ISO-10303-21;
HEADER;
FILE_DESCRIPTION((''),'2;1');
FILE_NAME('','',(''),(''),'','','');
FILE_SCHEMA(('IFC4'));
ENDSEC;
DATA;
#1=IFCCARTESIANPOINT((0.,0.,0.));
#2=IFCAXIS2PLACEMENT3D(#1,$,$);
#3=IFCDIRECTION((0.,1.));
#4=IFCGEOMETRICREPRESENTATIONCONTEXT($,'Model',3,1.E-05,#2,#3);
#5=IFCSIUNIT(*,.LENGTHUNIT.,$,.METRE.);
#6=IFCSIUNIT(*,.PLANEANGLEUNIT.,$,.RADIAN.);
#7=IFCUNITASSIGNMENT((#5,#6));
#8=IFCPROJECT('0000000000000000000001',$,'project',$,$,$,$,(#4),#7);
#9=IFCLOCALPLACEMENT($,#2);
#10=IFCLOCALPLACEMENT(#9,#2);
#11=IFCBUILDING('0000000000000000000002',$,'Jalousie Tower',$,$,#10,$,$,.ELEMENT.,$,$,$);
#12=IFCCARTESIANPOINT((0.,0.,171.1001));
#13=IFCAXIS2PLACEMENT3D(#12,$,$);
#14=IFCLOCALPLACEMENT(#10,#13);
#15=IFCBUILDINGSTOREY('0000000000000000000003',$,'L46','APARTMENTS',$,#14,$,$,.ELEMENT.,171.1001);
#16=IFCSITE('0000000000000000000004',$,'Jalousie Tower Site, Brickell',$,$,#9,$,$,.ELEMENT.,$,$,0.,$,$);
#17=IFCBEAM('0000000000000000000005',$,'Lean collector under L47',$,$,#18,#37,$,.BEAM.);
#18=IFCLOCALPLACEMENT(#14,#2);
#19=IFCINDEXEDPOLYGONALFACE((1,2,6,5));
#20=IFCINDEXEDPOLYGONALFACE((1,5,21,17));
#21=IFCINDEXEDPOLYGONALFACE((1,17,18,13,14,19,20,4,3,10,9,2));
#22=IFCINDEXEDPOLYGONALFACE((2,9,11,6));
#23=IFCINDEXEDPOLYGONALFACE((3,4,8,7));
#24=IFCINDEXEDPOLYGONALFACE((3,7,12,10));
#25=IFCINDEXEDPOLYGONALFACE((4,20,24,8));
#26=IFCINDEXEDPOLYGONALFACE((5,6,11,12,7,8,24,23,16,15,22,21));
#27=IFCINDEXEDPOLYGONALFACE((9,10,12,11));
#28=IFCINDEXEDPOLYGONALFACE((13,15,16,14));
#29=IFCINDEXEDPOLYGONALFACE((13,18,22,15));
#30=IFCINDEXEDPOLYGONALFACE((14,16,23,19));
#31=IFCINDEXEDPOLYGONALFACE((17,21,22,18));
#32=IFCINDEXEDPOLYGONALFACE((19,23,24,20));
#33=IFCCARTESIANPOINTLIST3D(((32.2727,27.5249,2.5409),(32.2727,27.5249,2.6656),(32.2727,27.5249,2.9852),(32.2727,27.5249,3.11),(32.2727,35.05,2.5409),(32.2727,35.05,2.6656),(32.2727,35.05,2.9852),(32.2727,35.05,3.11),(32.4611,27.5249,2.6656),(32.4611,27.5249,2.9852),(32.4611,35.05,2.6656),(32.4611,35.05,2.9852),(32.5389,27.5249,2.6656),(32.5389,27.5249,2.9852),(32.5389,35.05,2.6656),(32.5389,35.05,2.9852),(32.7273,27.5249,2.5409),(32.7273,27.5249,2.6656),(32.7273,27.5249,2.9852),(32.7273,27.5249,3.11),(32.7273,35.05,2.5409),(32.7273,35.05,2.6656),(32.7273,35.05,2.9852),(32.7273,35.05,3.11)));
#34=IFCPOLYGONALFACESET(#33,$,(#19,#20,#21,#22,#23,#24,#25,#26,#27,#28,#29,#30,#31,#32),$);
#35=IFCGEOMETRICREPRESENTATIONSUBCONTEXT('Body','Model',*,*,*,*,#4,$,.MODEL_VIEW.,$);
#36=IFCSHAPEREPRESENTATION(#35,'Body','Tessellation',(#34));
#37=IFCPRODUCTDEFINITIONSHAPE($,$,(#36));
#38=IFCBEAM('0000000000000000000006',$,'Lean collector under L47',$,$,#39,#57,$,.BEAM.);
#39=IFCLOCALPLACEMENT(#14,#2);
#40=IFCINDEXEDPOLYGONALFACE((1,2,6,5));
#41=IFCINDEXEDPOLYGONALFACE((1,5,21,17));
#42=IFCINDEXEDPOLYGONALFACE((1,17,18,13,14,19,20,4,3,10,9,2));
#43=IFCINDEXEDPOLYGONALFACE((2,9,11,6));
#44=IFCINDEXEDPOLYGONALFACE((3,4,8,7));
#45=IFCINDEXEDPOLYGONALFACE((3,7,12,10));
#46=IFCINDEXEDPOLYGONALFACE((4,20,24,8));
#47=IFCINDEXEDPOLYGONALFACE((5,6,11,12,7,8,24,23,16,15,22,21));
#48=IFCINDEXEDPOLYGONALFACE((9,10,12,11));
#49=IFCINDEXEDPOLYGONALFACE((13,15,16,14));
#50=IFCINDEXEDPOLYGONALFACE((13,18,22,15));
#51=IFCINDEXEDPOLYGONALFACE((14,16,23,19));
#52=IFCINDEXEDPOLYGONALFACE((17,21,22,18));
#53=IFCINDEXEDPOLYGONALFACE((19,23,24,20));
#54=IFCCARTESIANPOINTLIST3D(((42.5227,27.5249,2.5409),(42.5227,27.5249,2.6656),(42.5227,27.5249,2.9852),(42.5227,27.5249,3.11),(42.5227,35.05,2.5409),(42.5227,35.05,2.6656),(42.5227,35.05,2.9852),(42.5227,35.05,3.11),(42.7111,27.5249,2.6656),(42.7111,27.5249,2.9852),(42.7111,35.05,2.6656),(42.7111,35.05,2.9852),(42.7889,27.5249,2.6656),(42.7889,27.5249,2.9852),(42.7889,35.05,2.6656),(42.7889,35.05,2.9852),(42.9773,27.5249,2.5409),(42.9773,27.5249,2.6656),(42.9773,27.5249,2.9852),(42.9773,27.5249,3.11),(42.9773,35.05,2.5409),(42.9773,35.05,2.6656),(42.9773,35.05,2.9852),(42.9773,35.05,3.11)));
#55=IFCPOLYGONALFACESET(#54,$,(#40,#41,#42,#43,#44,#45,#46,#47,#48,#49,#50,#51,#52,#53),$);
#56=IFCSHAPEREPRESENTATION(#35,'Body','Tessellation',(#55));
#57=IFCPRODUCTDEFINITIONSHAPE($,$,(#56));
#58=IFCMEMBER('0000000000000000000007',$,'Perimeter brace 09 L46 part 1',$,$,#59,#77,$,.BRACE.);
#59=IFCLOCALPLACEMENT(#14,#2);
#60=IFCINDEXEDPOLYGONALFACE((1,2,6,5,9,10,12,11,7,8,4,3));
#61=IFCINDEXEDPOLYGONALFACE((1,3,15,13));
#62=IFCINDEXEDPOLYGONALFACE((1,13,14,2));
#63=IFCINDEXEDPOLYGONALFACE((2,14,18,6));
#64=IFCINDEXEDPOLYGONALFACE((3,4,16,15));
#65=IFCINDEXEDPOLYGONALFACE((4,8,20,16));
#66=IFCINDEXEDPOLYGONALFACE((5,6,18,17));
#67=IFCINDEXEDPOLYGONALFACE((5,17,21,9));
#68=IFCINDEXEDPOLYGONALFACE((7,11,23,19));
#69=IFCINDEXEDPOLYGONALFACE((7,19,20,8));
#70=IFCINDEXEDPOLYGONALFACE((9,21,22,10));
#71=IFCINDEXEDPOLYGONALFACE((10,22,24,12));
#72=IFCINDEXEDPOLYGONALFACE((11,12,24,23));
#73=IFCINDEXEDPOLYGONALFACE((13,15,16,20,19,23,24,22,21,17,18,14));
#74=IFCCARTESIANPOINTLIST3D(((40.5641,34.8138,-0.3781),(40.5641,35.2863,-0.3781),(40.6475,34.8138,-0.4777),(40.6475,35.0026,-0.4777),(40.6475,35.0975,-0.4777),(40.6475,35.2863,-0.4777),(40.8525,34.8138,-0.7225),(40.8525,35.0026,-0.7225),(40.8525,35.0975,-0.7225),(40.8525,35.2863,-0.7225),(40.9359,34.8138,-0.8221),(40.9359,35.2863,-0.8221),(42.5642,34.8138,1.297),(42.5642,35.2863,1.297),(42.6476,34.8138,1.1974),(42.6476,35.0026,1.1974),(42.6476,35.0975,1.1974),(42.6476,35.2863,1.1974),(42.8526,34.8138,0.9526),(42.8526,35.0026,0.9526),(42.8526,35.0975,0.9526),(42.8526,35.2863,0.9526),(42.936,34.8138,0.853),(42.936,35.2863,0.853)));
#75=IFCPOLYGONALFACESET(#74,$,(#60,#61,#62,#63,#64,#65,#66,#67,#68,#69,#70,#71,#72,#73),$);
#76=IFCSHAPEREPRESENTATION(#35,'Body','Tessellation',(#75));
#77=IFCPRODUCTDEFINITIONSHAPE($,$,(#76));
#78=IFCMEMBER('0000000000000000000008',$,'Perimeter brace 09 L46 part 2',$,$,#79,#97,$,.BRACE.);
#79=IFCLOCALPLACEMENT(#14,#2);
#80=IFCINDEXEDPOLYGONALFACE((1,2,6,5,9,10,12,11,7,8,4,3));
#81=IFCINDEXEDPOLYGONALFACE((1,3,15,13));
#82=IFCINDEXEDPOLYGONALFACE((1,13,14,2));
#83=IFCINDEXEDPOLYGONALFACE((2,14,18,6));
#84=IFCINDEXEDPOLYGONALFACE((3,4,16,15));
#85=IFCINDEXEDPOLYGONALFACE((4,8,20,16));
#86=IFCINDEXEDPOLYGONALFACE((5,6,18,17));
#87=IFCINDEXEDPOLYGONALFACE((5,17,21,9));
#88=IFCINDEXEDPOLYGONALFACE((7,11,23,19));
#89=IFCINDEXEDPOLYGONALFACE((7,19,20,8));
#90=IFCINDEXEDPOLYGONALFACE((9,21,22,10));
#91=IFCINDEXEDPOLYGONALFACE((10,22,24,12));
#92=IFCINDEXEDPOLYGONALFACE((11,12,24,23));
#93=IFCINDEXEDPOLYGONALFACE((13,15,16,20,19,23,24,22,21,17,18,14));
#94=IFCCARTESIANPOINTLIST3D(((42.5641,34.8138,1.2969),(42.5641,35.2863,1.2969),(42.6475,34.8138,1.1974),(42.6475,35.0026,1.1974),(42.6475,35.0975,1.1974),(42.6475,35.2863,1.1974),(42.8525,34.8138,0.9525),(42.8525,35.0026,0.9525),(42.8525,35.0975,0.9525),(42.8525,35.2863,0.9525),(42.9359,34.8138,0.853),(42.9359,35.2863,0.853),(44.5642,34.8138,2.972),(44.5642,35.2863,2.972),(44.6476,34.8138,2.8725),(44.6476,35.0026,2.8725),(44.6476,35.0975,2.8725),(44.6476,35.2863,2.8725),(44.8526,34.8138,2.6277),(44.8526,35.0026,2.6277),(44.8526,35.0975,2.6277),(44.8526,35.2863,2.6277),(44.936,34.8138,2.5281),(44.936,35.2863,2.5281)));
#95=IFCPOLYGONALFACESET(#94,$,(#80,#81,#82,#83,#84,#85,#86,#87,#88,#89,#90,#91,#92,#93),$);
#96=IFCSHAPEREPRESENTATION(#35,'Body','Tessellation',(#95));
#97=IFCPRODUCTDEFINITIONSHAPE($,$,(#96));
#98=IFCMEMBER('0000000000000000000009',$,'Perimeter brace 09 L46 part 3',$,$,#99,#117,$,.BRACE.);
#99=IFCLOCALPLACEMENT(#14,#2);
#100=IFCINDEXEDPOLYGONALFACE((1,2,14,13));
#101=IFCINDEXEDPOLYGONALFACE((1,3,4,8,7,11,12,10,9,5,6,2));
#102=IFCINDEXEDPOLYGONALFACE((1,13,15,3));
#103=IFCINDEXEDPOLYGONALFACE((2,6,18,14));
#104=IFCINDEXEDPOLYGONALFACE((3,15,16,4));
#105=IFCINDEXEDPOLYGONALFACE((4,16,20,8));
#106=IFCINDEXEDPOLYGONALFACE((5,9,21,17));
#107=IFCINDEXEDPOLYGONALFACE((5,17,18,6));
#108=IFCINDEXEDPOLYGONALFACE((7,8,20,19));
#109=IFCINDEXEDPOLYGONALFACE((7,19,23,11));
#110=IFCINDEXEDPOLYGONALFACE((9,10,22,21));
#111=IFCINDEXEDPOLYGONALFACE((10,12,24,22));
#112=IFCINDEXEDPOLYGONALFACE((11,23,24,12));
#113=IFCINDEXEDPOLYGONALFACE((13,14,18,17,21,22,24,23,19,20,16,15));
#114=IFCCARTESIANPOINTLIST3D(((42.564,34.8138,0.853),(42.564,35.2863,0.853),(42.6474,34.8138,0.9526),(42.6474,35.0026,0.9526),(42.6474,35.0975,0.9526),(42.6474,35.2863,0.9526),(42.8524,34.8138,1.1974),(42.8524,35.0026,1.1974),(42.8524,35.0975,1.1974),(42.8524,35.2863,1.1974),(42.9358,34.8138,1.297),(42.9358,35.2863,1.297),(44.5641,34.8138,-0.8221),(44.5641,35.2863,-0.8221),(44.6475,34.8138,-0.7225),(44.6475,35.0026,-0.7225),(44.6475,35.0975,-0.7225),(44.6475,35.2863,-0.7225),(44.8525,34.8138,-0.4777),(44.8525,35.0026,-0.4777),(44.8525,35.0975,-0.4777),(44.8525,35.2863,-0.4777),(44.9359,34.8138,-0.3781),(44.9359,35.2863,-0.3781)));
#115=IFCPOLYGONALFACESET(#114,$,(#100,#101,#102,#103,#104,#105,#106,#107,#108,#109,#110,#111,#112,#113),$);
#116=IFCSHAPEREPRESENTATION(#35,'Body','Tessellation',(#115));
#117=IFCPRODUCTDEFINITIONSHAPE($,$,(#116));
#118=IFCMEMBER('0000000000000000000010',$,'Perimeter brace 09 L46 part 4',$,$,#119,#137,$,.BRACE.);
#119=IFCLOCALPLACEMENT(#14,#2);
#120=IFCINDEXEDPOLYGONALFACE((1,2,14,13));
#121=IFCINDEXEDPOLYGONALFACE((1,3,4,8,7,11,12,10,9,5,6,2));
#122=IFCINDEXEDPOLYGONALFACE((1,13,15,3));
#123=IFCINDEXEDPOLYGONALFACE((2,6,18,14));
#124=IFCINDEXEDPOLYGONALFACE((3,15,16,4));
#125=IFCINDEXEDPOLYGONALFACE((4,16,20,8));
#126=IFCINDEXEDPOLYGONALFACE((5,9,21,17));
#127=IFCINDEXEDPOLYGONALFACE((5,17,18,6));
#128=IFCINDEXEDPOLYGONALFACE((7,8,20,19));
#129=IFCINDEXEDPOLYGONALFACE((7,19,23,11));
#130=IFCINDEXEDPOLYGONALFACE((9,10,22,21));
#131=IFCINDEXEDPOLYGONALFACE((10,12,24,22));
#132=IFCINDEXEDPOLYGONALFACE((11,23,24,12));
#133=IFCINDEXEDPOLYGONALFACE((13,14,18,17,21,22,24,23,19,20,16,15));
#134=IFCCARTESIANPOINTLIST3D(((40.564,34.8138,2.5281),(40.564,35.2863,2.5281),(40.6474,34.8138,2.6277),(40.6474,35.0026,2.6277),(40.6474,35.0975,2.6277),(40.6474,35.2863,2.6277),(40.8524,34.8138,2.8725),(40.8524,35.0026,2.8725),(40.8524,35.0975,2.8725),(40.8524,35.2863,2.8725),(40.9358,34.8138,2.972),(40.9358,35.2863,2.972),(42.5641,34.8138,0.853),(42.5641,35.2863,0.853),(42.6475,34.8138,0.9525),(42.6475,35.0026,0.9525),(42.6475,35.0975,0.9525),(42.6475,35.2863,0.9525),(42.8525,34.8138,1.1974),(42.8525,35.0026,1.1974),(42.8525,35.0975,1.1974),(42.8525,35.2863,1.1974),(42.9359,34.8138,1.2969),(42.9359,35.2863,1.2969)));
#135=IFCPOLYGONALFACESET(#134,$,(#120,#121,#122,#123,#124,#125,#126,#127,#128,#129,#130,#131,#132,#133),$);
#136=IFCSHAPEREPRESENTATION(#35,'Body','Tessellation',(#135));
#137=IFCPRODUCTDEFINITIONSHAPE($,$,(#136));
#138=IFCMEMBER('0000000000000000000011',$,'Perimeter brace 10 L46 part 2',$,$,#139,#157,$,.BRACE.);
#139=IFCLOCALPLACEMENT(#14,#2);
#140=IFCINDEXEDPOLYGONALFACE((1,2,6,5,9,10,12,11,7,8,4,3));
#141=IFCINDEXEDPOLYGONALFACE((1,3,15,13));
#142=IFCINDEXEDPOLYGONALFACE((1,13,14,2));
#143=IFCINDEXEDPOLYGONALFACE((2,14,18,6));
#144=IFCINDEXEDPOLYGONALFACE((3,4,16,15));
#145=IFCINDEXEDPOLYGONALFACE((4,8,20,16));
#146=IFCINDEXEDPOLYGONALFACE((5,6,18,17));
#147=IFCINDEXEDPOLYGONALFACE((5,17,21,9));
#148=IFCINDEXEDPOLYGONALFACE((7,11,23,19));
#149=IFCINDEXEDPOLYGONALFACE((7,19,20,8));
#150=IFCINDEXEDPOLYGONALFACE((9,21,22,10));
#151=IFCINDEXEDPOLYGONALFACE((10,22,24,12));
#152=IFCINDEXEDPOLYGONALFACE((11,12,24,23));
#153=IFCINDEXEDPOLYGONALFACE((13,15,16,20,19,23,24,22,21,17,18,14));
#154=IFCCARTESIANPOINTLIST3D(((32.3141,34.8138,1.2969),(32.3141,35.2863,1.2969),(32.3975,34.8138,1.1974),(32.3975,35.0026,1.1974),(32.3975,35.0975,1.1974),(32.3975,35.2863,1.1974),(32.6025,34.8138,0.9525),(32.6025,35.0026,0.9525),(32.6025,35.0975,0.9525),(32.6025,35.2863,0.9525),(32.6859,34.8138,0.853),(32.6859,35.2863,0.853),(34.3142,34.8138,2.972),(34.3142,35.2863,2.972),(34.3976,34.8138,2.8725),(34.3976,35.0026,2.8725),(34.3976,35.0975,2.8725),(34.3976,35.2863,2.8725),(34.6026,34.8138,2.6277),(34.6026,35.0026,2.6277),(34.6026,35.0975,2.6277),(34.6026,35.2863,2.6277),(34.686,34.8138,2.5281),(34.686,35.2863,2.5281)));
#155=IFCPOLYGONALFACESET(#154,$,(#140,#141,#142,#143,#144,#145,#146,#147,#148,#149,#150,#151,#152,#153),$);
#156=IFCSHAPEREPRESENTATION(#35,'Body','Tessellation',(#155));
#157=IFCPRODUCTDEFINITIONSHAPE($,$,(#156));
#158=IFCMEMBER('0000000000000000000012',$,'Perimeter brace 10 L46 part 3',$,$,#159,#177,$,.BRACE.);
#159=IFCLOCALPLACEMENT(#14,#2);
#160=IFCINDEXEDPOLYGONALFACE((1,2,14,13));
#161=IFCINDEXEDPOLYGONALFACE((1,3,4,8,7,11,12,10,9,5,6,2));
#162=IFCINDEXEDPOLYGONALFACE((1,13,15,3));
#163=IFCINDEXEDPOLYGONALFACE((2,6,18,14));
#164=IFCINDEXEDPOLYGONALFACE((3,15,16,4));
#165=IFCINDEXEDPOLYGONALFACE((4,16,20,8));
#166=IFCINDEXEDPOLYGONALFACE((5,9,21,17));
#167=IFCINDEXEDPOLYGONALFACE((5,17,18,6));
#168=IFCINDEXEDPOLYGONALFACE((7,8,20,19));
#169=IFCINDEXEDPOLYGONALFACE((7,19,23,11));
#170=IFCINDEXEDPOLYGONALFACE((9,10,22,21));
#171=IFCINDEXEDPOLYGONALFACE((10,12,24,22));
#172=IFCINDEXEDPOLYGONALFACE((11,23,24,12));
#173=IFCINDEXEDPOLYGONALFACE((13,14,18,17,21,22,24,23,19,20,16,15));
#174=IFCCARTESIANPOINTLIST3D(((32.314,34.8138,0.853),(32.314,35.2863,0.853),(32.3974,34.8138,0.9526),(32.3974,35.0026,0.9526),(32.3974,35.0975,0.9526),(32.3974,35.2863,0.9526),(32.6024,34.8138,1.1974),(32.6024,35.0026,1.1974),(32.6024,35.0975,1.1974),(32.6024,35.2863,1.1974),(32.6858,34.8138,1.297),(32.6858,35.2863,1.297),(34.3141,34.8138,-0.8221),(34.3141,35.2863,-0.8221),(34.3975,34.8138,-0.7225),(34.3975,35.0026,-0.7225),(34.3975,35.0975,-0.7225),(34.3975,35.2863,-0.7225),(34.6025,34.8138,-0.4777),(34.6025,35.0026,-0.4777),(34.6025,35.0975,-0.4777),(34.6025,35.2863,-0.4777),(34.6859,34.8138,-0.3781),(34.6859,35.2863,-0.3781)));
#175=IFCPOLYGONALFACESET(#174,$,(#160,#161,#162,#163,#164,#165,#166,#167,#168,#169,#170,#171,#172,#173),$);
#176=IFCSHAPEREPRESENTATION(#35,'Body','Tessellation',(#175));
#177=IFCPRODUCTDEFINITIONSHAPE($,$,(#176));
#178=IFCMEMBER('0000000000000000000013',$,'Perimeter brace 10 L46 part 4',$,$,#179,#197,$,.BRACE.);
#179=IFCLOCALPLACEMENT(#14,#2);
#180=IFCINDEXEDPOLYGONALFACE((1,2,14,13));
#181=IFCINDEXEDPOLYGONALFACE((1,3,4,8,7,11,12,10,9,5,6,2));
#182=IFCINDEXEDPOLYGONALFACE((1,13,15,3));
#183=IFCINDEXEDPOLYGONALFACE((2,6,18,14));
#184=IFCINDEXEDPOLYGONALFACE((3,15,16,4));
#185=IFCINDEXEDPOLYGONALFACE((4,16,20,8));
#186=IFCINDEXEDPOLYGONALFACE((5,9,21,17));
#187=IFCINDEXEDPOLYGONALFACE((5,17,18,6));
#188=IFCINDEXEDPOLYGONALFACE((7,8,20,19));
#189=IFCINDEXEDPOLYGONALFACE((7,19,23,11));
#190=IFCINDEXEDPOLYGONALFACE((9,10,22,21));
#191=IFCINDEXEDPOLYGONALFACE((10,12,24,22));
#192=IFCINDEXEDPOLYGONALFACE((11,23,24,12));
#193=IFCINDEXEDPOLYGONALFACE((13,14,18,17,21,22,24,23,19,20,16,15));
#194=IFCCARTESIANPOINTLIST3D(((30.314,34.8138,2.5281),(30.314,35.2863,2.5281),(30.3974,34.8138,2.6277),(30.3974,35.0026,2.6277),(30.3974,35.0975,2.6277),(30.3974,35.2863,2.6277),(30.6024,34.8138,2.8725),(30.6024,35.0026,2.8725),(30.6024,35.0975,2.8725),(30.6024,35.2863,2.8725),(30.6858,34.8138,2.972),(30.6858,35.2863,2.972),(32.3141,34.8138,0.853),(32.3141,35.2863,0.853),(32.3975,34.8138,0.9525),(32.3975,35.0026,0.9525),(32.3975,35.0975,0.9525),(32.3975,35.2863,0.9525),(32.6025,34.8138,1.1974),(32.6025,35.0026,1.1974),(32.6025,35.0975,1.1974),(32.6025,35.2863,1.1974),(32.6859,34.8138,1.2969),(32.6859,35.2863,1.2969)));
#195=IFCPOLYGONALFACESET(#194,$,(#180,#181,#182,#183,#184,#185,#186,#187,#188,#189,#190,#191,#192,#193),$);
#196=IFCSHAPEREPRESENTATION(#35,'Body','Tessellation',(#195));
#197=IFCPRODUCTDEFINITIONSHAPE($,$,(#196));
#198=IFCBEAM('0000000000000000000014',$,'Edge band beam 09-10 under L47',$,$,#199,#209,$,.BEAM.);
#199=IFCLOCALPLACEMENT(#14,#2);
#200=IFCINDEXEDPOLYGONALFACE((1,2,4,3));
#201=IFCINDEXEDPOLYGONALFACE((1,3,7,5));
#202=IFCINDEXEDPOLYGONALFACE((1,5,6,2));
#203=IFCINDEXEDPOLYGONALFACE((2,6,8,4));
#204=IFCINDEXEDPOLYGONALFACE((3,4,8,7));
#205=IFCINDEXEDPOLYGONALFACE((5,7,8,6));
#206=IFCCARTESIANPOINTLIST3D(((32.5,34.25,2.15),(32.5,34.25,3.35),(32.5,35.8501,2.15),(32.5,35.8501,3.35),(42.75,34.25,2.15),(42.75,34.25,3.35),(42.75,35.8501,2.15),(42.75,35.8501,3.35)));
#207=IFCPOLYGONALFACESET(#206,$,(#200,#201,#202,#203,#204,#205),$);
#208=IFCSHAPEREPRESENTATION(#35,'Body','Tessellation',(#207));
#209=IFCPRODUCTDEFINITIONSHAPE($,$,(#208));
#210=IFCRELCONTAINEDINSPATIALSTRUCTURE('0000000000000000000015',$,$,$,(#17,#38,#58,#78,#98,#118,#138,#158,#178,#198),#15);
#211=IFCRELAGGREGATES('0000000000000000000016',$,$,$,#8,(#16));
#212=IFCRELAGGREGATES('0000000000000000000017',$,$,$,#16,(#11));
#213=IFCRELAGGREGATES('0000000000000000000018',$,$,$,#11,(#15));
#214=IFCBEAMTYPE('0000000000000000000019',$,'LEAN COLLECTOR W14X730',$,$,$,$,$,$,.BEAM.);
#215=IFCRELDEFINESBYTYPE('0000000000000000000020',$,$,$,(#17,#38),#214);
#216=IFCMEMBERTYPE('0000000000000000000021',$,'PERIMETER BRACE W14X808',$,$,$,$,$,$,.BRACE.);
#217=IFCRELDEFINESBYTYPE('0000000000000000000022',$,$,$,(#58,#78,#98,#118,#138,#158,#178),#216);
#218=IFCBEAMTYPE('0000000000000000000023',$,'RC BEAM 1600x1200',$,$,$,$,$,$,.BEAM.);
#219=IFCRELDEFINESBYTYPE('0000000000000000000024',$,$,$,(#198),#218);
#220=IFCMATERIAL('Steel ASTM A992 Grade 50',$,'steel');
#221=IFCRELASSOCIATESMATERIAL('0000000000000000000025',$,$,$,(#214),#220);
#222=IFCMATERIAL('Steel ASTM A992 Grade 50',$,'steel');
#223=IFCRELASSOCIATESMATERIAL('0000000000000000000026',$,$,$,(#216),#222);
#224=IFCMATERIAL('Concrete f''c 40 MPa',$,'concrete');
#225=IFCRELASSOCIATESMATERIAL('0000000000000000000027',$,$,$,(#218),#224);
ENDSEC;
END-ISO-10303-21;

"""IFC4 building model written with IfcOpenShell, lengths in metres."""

from ifc_helpers import new_model, si_unit, direction, frame, origin, origin_2d, place, context, subcontext, project, spatial, rectangle, i_section, extrude, material, material_profile, profile_set, type_object, element, save


model = new_model("IFC4")

# Units and contexts
model_context = context("Model", 3, precision=1e-05, world=origin(), true_north=direction((0.0, 1.0)))
body_context = subcontext(model_context, "Body", "Model", "MODEL_VIEW")
ifc_project = project(units=[si_unit("LENGTHUNIT", "METRE"), si_unit("PLANEANGLEUNIT", "RADIAN")], contexts=[model_context])

# Site, building, storey
site_placement = place(None, origin())
site = spatial("IfcSite", under=ifc_project, at=site_placement, Name="Jalousie Tower Site, Brickell", CompositionType="ELEMENT", RefElevation=0.0)
building_placement = place(site_placement, origin())
building = spatial("IfcBuilding", under=site, at=building_placement, Name="Jalousie Tower", CompositionType="ELEMENT")
storey_placement = place(building_placement, frame((0.0, 0.0, 171.1001)))
storey = spatial("IfcBuildingStorey", under=building, at=storey_placement, Name="L46", Description="APARTMENTS", CompositionType="ELEMENT", Elevation=171.1001)

# Beams
ifc_material_1 = material(Name="Steel ASTM A992 Grade 50", Category="steel")
ifc_material_profile_1 = material_profile(ifc_material_1, i_section(OverallWidth=0.4546, OverallDepth=0.5691, WebThickness=0.0779, FlangeThickness=0.1248, at=origin_2d()), Name="W14X730")
ifc_profile_set_1 = profile_set([ifc_material_profile_1], Name="Steel ASTM A992 Grade 50")
beam_type_1 = type_object("IfcBeamType", Name="LEAN COLLECTOR W14X730", PredefinedType="BEAM", material=ifc_profile_set_1)
for number, where, z_axis, x_axis, name in (
    (1, (32.5, 35.05, 2.8254), (0.0, -1.0, 0.0), (1.0, 0.0, 0.0), "Lean collector under L47"),
    (2, (42.75, 35.05, 2.8254), (0.0, -1.0, 0.0), (1.0, 0.0, 0.0), "Lean collector under L47"),
):
    element("IfcBeam", number, at=place(storey_placement, frame(where, z_axis=z_axis, x_axis=x_axis)), inside=storey, type_object=beam_type_1, Name=name, PredefinedType="BEAM", context=body_context, shape_type="SweptSolid", body=[
        extrude(i_section(OverallWidth=0.4546, OverallDepth=0.5691, WebThickness=0.0779, FlangeThickness=0.1248, at=origin_2d()), origin(), (0.0, 0.0, 1.0), 7.5251),
    ])

# Members
ifc_material_2 = material(Name="Steel ASTM A992 Grade 50", Category="steel")
ifc_material_profile_2 = material_profile(ifc_material_2, i_section(OverallWidth=0.4724, OverallDepth=0.5791, WebThickness=0.095, FlangeThickness=0.1299, at=origin_2d()), Name="W14X808")
ifc_profile_set_2 = profile_set([ifc_material_profile_2], Name="Steel ASTM A992 Grade 50")
member_type_1 = type_object("IfcMemberType", Name="PERIMETER BRACE W14X808", PredefinedType="BRACE", material=ifc_profile_set_2)
for number, where, z_axis, x_axis, name in (
    (3, (40.75, 35.05, -0.6001), (0.766639, 0.0, 0.642079), (0.0, 1.0, 0.0), "Perimeter brace 09 L46 part 1"),
    (4, (42.75, 35.05, 1.075), (0.766639, 0.0, 0.642079), (0.0, 1.0, 0.0), "Perimeter brace 09 L46 part 2"),
    (5, (44.75, 35.05, -0.6001), (-0.766639, 0.0, 0.642079), (0.0, -1.0, 0.0), "Perimeter brace 09 L46 part 3"),
    (6, (42.75, 35.05, 1.075), (-0.766639, 0.0, 0.642079), (0.0, -1.0, 0.0), "Perimeter brace 09 L46 part 4"),
    (7, (32.5, 35.05, 1.075), (0.766639, 0.0, 0.642079), (0.0, 1.0, 0.0), "Perimeter brace 10 L46 part 2"),
    (8, (34.5, 35.05, -0.6001), (-0.766639, 0.0, 0.642079), (0.0, -1.0, 0.0), "Perimeter brace 10 L46 part 3"),
    (9, (32.5, 35.05, 1.075), (-0.766639, 0.0, 0.642079), (0.0, -1.0, 0.0), "Perimeter brace 10 L46 part 4"),
):
    element("IfcMember", number, at=place(storey_placement, frame(where, z_axis=z_axis, x_axis=x_axis)), inside=storey, type_object=member_type_1, Name=name, PredefinedType="BRACE", context=body_context, shape_type="SweptSolid", body=[
        extrude(i_section(OverallWidth=0.4724, OverallDepth=0.5791, WebThickness=0.095, FlangeThickness=0.1299, at=origin_2d()), origin(), (0.0, 0.0, 1.0), 2.6089),
    ])

# Beam
ifc_material_3 = material(Name="Concrete f'c 40 MPa", Category="concrete")
ifc_material_profile_3 = material_profile(ifc_material_3, rectangle(XDim=1.6001, YDim=1.2, at=origin_2d()), Name="RC 1600x1200")
ifc_profile_set_3 = profile_set([ifc_material_profile_3], Name="Concrete f'c 40 MPa")
beam_type_2 = type_object("IfcBeamType", Name="RC BEAM 1600x1200", PredefinedType="BEAM", material=ifc_profile_set_3)
for number, where, z_axis, x_axis, name in (
    (10, (42.75, 35.05, 2.75), (-1.0, 0.0, 0.0), (0.0, -1.0, 0.0), "Edge band beam 09-10 under L47"),
):
    element("IfcBeam", number, at=place(storey_placement, frame(where, z_axis=z_axis, x_axis=x_axis)), inside=storey, type_object=beam_type_2, Name=name, PredefinedType="BEAM", context=body_context, shape_type="SweptSolid", body=[
        extrude(rectangle(XDim=1.6001, YDim=1.2, at=origin_2d()), origin(), (0.0, 0.0, 1.0), 10.25),
    ])

save(model, "model.ifc")
